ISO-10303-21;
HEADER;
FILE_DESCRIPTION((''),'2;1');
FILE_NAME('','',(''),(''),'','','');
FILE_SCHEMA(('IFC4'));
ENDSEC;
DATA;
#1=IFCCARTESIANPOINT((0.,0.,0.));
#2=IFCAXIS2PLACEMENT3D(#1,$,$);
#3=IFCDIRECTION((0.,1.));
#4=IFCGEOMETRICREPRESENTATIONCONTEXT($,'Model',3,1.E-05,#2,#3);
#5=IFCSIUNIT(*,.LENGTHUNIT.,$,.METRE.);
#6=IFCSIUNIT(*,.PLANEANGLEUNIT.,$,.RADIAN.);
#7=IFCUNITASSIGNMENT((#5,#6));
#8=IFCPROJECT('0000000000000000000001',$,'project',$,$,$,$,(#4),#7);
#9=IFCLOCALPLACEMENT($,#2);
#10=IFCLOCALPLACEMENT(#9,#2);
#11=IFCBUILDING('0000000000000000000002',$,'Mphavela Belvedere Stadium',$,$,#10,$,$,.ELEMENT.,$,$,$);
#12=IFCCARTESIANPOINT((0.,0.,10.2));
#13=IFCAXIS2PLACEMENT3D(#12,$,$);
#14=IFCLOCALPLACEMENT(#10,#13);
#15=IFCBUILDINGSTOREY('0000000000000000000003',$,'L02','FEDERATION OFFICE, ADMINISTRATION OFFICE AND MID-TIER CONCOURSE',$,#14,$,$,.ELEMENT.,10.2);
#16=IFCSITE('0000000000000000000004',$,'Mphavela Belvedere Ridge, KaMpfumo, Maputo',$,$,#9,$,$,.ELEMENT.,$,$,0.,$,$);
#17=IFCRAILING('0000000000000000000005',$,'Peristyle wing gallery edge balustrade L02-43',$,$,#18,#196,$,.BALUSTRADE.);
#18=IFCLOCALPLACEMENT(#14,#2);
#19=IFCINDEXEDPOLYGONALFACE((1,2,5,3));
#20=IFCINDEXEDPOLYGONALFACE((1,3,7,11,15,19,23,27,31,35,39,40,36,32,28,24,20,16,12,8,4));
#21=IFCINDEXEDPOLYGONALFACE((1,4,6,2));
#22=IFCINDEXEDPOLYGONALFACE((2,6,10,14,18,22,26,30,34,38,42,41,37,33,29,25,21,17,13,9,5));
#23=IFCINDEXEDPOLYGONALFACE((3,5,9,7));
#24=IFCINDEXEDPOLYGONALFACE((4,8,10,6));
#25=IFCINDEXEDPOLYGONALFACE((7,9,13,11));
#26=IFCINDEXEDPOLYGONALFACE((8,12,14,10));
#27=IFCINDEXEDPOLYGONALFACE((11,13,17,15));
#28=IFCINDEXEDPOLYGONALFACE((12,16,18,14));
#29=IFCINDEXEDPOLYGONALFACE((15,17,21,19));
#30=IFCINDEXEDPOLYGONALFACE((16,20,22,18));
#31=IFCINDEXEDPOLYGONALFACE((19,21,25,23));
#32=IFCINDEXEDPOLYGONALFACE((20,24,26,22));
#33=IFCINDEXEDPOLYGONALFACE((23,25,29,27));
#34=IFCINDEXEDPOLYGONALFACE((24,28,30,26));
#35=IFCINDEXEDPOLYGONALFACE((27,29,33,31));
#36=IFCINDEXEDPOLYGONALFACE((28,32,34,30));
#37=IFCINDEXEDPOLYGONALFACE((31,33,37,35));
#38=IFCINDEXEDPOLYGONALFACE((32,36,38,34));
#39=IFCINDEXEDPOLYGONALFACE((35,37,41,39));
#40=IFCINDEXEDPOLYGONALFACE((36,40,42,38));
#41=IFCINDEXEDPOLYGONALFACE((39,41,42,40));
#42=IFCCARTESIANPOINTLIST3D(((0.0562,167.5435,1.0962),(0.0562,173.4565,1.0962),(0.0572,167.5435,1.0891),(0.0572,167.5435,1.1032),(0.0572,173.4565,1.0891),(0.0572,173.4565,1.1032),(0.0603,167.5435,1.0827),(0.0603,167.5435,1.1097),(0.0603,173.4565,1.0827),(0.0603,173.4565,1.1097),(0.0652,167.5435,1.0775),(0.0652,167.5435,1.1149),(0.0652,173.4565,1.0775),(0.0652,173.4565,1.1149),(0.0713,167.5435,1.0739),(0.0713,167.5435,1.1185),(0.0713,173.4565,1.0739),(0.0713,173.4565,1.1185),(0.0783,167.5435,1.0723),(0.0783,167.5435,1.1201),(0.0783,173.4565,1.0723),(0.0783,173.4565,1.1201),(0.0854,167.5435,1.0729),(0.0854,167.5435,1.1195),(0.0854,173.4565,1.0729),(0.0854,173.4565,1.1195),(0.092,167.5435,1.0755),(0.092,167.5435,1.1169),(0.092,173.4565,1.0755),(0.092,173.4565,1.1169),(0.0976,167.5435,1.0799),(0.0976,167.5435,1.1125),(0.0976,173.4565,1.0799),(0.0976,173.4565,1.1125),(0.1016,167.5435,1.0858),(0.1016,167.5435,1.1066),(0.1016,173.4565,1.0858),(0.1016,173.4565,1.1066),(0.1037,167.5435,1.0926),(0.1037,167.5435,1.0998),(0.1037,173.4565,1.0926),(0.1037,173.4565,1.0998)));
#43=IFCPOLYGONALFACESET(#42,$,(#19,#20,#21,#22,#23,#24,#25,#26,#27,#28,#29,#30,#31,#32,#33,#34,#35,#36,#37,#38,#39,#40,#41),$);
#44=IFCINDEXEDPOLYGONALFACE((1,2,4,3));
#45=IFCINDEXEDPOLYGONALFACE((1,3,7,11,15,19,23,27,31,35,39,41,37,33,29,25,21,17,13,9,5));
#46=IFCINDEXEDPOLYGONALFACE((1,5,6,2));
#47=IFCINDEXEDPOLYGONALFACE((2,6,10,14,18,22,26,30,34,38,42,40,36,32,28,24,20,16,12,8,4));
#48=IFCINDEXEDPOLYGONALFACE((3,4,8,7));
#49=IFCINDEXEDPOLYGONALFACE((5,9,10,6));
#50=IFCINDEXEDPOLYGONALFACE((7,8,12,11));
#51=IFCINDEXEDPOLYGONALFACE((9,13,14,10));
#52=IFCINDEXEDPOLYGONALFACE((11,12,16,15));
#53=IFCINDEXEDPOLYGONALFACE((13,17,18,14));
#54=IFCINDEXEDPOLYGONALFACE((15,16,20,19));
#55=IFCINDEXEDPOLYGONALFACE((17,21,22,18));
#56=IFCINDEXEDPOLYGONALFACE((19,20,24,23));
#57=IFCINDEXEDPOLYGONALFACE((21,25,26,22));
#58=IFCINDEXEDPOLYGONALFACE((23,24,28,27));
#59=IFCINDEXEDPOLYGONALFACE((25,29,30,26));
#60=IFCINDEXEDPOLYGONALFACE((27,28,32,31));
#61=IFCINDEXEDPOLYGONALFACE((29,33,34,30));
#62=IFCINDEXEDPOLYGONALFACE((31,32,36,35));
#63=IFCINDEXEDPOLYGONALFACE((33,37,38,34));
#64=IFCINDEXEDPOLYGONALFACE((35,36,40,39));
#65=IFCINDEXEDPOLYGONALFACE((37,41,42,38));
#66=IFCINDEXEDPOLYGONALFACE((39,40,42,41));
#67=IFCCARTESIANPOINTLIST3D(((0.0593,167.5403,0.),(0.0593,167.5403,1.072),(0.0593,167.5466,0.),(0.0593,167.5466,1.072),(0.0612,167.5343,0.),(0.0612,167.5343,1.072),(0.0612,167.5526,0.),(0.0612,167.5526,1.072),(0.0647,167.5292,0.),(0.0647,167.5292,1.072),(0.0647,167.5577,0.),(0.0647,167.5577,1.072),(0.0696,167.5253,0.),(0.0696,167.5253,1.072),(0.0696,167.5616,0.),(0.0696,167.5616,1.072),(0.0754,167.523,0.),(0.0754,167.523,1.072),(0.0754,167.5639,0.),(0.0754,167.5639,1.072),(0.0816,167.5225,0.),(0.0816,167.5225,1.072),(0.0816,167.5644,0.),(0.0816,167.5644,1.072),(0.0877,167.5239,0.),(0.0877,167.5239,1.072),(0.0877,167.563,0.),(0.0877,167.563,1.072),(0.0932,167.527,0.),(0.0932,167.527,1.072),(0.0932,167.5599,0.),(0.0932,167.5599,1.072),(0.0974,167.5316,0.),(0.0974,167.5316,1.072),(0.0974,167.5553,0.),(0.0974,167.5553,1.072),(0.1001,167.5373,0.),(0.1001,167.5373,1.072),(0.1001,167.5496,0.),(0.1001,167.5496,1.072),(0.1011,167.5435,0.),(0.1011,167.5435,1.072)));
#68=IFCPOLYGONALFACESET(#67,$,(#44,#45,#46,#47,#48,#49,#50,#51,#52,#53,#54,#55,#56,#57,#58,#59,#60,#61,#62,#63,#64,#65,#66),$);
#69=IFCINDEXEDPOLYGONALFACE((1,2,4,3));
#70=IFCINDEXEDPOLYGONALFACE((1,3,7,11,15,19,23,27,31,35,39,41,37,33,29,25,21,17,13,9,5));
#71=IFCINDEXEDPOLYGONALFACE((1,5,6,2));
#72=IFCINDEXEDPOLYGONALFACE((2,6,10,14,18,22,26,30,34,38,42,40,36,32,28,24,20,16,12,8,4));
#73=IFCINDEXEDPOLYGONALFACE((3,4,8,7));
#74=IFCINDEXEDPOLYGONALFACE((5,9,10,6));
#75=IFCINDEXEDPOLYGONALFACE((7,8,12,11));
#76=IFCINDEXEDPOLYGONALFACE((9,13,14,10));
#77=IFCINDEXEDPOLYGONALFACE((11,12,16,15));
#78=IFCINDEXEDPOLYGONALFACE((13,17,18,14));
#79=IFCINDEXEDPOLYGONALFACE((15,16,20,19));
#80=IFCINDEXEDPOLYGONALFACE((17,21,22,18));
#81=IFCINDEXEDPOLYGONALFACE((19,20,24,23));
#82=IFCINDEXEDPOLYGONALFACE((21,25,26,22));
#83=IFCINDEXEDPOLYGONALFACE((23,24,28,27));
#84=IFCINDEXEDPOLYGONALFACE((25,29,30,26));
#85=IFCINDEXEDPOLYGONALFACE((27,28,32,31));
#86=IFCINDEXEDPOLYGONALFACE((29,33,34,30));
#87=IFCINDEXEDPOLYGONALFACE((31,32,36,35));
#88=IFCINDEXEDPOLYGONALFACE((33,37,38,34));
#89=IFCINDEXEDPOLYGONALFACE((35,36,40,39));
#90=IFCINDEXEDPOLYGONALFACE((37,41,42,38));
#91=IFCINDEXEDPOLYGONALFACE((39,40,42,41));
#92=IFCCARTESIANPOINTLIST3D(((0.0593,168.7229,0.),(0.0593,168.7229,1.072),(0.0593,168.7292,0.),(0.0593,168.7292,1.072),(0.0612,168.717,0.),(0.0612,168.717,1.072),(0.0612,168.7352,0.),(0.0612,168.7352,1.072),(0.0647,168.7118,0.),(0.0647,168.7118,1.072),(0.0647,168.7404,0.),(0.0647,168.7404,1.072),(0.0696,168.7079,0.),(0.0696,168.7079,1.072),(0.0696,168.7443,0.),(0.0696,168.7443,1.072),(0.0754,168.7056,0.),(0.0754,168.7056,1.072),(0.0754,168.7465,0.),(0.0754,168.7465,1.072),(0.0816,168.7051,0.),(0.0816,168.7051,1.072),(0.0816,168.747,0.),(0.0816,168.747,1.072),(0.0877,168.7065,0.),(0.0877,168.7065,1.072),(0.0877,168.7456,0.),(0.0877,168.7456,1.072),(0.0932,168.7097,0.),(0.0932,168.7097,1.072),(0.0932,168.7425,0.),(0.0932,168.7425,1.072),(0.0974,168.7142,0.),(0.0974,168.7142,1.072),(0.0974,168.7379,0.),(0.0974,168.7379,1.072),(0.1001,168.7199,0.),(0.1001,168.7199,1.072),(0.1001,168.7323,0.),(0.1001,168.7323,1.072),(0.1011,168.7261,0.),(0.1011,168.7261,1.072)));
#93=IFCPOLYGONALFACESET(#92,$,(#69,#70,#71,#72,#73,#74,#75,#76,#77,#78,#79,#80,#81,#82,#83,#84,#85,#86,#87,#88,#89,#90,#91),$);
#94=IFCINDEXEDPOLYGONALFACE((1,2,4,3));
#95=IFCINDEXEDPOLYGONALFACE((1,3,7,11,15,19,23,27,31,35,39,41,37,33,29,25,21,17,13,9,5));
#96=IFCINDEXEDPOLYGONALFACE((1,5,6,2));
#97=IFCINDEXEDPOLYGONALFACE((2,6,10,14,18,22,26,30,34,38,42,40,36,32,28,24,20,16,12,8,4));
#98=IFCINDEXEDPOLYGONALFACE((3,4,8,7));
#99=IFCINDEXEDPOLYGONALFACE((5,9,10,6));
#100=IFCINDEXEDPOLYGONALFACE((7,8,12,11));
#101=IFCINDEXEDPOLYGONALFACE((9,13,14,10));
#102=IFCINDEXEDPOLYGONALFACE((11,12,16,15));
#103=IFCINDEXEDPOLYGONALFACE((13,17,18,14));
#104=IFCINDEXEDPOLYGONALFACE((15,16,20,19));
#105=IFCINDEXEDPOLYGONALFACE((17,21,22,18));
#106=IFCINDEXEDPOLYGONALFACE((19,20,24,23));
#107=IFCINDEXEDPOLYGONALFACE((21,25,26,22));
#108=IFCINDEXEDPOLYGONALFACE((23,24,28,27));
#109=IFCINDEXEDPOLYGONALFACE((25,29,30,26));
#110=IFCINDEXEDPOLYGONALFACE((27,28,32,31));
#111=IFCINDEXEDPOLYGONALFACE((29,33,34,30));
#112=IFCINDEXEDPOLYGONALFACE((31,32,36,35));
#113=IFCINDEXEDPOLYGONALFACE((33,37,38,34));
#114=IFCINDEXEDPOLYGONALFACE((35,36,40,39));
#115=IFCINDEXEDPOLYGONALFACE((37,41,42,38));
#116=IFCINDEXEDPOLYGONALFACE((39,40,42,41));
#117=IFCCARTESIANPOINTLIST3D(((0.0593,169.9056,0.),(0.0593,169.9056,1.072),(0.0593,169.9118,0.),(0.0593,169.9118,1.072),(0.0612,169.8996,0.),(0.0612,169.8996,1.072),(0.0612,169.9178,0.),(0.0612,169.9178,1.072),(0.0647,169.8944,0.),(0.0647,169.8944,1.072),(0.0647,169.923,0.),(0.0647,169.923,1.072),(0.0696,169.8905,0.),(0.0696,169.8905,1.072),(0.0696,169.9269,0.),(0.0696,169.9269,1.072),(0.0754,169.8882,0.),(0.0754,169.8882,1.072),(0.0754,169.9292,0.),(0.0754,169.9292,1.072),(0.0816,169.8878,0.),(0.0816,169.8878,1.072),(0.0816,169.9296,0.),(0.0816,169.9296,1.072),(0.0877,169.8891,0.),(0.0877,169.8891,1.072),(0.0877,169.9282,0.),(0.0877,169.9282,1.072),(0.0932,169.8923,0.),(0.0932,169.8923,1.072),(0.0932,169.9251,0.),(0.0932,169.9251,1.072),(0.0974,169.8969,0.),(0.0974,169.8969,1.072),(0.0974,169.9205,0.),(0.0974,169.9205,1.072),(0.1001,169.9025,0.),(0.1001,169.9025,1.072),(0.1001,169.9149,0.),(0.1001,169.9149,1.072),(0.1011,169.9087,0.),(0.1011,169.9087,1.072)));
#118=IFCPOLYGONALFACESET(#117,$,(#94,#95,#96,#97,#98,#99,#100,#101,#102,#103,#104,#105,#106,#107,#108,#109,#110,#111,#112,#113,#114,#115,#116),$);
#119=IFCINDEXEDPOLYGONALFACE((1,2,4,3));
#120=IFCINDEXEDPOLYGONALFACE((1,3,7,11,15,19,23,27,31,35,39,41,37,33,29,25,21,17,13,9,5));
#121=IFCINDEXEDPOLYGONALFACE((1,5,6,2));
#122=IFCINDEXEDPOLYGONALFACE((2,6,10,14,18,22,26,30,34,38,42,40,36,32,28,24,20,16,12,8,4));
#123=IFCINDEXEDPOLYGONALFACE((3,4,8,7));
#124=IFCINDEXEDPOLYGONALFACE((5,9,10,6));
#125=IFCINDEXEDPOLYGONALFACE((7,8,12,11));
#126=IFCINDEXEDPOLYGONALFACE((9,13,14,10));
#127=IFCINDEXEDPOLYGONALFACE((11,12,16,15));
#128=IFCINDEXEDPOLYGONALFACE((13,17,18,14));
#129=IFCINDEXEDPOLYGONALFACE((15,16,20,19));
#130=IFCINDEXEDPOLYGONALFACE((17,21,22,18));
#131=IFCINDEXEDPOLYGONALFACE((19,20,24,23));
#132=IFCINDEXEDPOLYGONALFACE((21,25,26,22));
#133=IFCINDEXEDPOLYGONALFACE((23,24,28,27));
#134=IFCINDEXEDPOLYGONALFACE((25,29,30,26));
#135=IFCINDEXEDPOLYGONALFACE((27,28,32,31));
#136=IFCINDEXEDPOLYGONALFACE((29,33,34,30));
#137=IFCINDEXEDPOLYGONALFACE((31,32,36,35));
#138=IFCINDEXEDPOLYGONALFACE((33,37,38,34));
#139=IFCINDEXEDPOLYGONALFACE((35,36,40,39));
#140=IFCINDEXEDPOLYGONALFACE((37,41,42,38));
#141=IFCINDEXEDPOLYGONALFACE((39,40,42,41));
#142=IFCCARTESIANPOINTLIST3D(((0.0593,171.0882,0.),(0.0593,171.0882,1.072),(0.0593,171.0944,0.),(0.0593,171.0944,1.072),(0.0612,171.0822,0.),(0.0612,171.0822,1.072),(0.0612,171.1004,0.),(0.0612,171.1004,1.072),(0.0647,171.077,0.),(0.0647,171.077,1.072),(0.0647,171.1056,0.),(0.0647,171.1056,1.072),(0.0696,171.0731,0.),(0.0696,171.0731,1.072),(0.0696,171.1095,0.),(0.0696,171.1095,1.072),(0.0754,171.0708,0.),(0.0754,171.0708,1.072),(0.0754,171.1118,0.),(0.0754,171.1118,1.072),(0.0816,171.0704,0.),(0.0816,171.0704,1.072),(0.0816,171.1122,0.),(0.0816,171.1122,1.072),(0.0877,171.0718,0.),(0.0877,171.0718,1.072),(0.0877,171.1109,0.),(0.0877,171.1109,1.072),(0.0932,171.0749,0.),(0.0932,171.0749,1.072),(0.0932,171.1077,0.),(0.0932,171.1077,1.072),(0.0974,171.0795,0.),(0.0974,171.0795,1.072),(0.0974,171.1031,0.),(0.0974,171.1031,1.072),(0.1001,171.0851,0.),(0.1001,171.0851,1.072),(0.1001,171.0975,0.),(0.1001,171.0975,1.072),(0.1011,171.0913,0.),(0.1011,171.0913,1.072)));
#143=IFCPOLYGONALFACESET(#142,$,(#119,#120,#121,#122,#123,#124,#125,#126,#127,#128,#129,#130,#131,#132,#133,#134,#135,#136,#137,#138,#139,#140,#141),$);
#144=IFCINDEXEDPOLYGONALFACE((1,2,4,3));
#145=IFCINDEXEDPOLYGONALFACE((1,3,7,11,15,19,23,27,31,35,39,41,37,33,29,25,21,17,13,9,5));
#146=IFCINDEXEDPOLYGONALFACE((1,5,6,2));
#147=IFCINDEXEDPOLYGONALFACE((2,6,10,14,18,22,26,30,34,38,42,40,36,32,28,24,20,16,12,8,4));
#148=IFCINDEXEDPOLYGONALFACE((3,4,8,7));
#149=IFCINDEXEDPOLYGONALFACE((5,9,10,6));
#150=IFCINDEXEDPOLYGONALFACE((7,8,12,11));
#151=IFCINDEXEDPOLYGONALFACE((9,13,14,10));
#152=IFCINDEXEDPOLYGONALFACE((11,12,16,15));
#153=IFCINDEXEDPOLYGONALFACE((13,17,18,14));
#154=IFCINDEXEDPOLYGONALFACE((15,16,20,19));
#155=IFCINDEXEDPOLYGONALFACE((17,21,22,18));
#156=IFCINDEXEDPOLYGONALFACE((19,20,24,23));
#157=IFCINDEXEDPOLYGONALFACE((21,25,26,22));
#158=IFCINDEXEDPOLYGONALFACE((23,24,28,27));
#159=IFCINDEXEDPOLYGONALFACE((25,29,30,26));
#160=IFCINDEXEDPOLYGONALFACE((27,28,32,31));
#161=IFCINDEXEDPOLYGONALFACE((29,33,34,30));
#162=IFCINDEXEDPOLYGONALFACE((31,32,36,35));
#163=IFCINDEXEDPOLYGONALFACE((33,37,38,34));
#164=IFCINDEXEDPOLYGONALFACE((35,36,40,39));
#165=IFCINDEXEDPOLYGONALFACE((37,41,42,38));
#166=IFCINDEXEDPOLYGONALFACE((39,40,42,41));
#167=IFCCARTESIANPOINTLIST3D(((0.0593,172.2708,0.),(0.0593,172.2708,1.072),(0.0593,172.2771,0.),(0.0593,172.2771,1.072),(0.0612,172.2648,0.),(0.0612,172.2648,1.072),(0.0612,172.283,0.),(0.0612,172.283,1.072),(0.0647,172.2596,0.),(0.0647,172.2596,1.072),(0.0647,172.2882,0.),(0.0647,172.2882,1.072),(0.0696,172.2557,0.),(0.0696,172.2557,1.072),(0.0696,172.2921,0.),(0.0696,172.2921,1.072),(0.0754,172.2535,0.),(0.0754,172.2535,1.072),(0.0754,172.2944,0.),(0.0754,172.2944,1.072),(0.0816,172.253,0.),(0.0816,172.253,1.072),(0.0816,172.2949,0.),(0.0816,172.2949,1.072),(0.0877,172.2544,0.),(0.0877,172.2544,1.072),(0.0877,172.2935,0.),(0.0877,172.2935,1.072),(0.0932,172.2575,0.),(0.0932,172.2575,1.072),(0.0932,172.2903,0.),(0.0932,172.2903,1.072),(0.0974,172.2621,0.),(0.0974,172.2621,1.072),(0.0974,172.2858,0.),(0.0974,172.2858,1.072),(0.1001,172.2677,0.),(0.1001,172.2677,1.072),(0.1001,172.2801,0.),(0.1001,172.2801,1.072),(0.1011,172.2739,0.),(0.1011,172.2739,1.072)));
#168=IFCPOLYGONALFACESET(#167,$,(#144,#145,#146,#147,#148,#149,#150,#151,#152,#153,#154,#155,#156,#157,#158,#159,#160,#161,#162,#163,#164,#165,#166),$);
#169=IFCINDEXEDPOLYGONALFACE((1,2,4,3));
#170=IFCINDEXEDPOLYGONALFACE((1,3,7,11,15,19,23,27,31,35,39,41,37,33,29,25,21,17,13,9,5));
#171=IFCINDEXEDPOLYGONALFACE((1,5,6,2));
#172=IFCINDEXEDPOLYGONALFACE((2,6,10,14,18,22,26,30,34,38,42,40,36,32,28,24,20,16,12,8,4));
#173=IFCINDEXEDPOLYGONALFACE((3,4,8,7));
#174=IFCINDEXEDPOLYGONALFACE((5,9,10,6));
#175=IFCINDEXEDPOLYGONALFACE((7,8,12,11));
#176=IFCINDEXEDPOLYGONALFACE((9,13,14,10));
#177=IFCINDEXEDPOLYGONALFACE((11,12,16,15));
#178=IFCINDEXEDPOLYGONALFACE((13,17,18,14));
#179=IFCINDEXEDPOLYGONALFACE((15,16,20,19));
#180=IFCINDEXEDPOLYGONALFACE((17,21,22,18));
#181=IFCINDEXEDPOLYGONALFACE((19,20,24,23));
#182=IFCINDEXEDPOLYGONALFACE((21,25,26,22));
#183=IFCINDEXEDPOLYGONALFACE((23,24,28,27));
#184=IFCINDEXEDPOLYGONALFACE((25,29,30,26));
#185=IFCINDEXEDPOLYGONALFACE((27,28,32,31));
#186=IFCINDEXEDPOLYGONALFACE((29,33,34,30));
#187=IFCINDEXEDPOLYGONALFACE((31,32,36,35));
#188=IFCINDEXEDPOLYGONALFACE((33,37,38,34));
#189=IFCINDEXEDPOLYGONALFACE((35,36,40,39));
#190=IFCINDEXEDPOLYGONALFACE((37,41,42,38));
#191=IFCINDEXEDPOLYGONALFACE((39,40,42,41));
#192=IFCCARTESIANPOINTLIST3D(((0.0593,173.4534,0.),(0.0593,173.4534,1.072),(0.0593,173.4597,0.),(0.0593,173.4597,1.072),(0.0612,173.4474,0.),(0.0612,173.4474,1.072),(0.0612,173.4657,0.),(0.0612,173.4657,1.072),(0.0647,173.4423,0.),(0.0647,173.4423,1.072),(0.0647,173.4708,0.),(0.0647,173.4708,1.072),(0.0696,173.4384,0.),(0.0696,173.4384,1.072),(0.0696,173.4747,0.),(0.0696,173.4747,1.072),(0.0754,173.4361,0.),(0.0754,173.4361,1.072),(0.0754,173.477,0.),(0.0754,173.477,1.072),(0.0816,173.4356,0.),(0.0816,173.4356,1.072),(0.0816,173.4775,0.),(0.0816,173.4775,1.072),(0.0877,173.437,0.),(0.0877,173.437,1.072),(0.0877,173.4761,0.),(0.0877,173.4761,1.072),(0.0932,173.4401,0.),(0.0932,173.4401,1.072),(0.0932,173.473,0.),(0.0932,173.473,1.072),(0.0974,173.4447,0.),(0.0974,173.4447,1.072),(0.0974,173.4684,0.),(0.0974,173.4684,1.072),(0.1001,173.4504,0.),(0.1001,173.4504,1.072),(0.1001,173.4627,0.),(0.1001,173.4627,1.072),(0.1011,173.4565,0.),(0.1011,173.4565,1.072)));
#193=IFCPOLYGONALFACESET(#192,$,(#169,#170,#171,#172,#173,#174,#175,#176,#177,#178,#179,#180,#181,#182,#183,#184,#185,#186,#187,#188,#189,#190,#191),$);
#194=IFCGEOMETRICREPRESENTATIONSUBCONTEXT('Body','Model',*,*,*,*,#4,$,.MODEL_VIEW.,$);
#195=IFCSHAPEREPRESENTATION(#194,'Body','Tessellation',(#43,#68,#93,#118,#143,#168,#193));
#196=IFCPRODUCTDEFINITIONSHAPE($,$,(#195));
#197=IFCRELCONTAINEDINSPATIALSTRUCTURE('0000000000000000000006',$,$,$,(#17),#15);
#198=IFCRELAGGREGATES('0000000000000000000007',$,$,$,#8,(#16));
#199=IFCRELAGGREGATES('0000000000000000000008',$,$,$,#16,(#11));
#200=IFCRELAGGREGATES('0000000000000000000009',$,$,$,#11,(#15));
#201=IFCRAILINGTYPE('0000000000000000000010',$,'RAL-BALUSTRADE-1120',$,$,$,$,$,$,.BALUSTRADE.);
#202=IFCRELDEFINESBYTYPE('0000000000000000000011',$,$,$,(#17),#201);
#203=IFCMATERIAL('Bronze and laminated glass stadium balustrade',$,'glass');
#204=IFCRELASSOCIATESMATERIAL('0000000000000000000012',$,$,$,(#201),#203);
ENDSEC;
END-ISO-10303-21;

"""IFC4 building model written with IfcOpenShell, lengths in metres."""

from ifc_helpers import new_model, si_unit, direction, frame, origin, origin_2d, place, context, subcontext, project, spatial, circle, extrude, material, type_object, element, save


model = new_model("IFC4")

# Units and contexts
model_context = context("Model", 3, precision=1e-05, world=origin(), true_north=direction((0.0, 1.0)))
body_context = subcontext(model_context, "Body", "Model", "MODEL_VIEW")
ifc_project = project(units=[si_unit("LENGTHUNIT", "METRE"), si_unit("PLANEANGLEUNIT", "RADIAN")], contexts=[model_context])

# Site, building, storey
site_placement = place(None, origin())
site = spatial("IfcSite", under=ifc_project, at=site_placement, Name="Mphavela Belvedere Ridge, KaMpfumo, Maputo", CompositionType="ELEMENT", RefElevation=0.0)
building_placement = place(site_placement, origin())
building = spatial("IfcBuilding", under=site, at=building_placement, Name="Mphavela Belvedere Stadium", CompositionType="ELEMENT")
storey_placement = place(building_placement, frame((0.0, 0.0, 10.2)))
storey = spatial("IfcBuildingStorey", under=building, at=storey_placement, Name="L02", Description="FEDERATION OFFICE, ADMINISTRATION OFFICE AND MID-TIER CONCOURSE", CompositionType="ELEMENT", Elevation=10.2)

# Railing
ifc_material_1 = material(Name="Bronze and laminated glass stadium balustrade", Category="glass")
railing_type = type_object("IfcRailingType", Name="RAL-BALUSTRADE-1120", PredefinedType="BALUSTRADE", material=ifc_material_1)
for number, where, name in (
    (1, (0.0801, 167.5435, 0.0), "Peristyle wing gallery edge balustrade L02-43"),
):
    element("IfcRailing", number, at=place(storey_placement, frame(where)), inside=storey, type_object=railing_type, Name=name, PredefinedType="BALUSTRADE", context=body_context, shape_type="SweptSolid", body=[
        extrude(circle(Radius=0.0239, at=origin_2d()), frame((0.0, 0.0, 1.0962), z_axis=(0.0, 1.0, 0.0), x_axis=(-1.0, 0.0, 0.0)), (0.0, 0.0, 1.0), 5.9131),
        extrude(circle(Radius=0.021, at=origin_2d()), origin(), (0.0, 0.0, 1.0), 1.072),
        extrude(circle(Radius=0.021, at=origin_2d()), frame((0.0, 1.1826, 0.0)), (0.0, 0.0, 1.0), 1.072),
        extrude(circle(Radius=0.021, at=origin_2d()), frame((0.0, 2.3652, 0.0)), (0.0, 0.0, 1.0), 1.072),
        extrude(circle(Radius=0.021, at=origin_2d()), frame((0.0, 3.5479, 0.0)), (0.0, 0.0, 1.0), 1.072),
        extrude(circle(Radius=0.021, at=origin_2d()), frame((0.0, 4.7305, 0.0)), (0.0, 0.0, 1.0), 1.072),
        extrude(circle(Radius=0.021, at=origin_2d()), frame((0.0, 5.9131, 0.0)), (0.0, 0.0, 1.0), 1.072),
    ])

save(model, "model.ifc")
